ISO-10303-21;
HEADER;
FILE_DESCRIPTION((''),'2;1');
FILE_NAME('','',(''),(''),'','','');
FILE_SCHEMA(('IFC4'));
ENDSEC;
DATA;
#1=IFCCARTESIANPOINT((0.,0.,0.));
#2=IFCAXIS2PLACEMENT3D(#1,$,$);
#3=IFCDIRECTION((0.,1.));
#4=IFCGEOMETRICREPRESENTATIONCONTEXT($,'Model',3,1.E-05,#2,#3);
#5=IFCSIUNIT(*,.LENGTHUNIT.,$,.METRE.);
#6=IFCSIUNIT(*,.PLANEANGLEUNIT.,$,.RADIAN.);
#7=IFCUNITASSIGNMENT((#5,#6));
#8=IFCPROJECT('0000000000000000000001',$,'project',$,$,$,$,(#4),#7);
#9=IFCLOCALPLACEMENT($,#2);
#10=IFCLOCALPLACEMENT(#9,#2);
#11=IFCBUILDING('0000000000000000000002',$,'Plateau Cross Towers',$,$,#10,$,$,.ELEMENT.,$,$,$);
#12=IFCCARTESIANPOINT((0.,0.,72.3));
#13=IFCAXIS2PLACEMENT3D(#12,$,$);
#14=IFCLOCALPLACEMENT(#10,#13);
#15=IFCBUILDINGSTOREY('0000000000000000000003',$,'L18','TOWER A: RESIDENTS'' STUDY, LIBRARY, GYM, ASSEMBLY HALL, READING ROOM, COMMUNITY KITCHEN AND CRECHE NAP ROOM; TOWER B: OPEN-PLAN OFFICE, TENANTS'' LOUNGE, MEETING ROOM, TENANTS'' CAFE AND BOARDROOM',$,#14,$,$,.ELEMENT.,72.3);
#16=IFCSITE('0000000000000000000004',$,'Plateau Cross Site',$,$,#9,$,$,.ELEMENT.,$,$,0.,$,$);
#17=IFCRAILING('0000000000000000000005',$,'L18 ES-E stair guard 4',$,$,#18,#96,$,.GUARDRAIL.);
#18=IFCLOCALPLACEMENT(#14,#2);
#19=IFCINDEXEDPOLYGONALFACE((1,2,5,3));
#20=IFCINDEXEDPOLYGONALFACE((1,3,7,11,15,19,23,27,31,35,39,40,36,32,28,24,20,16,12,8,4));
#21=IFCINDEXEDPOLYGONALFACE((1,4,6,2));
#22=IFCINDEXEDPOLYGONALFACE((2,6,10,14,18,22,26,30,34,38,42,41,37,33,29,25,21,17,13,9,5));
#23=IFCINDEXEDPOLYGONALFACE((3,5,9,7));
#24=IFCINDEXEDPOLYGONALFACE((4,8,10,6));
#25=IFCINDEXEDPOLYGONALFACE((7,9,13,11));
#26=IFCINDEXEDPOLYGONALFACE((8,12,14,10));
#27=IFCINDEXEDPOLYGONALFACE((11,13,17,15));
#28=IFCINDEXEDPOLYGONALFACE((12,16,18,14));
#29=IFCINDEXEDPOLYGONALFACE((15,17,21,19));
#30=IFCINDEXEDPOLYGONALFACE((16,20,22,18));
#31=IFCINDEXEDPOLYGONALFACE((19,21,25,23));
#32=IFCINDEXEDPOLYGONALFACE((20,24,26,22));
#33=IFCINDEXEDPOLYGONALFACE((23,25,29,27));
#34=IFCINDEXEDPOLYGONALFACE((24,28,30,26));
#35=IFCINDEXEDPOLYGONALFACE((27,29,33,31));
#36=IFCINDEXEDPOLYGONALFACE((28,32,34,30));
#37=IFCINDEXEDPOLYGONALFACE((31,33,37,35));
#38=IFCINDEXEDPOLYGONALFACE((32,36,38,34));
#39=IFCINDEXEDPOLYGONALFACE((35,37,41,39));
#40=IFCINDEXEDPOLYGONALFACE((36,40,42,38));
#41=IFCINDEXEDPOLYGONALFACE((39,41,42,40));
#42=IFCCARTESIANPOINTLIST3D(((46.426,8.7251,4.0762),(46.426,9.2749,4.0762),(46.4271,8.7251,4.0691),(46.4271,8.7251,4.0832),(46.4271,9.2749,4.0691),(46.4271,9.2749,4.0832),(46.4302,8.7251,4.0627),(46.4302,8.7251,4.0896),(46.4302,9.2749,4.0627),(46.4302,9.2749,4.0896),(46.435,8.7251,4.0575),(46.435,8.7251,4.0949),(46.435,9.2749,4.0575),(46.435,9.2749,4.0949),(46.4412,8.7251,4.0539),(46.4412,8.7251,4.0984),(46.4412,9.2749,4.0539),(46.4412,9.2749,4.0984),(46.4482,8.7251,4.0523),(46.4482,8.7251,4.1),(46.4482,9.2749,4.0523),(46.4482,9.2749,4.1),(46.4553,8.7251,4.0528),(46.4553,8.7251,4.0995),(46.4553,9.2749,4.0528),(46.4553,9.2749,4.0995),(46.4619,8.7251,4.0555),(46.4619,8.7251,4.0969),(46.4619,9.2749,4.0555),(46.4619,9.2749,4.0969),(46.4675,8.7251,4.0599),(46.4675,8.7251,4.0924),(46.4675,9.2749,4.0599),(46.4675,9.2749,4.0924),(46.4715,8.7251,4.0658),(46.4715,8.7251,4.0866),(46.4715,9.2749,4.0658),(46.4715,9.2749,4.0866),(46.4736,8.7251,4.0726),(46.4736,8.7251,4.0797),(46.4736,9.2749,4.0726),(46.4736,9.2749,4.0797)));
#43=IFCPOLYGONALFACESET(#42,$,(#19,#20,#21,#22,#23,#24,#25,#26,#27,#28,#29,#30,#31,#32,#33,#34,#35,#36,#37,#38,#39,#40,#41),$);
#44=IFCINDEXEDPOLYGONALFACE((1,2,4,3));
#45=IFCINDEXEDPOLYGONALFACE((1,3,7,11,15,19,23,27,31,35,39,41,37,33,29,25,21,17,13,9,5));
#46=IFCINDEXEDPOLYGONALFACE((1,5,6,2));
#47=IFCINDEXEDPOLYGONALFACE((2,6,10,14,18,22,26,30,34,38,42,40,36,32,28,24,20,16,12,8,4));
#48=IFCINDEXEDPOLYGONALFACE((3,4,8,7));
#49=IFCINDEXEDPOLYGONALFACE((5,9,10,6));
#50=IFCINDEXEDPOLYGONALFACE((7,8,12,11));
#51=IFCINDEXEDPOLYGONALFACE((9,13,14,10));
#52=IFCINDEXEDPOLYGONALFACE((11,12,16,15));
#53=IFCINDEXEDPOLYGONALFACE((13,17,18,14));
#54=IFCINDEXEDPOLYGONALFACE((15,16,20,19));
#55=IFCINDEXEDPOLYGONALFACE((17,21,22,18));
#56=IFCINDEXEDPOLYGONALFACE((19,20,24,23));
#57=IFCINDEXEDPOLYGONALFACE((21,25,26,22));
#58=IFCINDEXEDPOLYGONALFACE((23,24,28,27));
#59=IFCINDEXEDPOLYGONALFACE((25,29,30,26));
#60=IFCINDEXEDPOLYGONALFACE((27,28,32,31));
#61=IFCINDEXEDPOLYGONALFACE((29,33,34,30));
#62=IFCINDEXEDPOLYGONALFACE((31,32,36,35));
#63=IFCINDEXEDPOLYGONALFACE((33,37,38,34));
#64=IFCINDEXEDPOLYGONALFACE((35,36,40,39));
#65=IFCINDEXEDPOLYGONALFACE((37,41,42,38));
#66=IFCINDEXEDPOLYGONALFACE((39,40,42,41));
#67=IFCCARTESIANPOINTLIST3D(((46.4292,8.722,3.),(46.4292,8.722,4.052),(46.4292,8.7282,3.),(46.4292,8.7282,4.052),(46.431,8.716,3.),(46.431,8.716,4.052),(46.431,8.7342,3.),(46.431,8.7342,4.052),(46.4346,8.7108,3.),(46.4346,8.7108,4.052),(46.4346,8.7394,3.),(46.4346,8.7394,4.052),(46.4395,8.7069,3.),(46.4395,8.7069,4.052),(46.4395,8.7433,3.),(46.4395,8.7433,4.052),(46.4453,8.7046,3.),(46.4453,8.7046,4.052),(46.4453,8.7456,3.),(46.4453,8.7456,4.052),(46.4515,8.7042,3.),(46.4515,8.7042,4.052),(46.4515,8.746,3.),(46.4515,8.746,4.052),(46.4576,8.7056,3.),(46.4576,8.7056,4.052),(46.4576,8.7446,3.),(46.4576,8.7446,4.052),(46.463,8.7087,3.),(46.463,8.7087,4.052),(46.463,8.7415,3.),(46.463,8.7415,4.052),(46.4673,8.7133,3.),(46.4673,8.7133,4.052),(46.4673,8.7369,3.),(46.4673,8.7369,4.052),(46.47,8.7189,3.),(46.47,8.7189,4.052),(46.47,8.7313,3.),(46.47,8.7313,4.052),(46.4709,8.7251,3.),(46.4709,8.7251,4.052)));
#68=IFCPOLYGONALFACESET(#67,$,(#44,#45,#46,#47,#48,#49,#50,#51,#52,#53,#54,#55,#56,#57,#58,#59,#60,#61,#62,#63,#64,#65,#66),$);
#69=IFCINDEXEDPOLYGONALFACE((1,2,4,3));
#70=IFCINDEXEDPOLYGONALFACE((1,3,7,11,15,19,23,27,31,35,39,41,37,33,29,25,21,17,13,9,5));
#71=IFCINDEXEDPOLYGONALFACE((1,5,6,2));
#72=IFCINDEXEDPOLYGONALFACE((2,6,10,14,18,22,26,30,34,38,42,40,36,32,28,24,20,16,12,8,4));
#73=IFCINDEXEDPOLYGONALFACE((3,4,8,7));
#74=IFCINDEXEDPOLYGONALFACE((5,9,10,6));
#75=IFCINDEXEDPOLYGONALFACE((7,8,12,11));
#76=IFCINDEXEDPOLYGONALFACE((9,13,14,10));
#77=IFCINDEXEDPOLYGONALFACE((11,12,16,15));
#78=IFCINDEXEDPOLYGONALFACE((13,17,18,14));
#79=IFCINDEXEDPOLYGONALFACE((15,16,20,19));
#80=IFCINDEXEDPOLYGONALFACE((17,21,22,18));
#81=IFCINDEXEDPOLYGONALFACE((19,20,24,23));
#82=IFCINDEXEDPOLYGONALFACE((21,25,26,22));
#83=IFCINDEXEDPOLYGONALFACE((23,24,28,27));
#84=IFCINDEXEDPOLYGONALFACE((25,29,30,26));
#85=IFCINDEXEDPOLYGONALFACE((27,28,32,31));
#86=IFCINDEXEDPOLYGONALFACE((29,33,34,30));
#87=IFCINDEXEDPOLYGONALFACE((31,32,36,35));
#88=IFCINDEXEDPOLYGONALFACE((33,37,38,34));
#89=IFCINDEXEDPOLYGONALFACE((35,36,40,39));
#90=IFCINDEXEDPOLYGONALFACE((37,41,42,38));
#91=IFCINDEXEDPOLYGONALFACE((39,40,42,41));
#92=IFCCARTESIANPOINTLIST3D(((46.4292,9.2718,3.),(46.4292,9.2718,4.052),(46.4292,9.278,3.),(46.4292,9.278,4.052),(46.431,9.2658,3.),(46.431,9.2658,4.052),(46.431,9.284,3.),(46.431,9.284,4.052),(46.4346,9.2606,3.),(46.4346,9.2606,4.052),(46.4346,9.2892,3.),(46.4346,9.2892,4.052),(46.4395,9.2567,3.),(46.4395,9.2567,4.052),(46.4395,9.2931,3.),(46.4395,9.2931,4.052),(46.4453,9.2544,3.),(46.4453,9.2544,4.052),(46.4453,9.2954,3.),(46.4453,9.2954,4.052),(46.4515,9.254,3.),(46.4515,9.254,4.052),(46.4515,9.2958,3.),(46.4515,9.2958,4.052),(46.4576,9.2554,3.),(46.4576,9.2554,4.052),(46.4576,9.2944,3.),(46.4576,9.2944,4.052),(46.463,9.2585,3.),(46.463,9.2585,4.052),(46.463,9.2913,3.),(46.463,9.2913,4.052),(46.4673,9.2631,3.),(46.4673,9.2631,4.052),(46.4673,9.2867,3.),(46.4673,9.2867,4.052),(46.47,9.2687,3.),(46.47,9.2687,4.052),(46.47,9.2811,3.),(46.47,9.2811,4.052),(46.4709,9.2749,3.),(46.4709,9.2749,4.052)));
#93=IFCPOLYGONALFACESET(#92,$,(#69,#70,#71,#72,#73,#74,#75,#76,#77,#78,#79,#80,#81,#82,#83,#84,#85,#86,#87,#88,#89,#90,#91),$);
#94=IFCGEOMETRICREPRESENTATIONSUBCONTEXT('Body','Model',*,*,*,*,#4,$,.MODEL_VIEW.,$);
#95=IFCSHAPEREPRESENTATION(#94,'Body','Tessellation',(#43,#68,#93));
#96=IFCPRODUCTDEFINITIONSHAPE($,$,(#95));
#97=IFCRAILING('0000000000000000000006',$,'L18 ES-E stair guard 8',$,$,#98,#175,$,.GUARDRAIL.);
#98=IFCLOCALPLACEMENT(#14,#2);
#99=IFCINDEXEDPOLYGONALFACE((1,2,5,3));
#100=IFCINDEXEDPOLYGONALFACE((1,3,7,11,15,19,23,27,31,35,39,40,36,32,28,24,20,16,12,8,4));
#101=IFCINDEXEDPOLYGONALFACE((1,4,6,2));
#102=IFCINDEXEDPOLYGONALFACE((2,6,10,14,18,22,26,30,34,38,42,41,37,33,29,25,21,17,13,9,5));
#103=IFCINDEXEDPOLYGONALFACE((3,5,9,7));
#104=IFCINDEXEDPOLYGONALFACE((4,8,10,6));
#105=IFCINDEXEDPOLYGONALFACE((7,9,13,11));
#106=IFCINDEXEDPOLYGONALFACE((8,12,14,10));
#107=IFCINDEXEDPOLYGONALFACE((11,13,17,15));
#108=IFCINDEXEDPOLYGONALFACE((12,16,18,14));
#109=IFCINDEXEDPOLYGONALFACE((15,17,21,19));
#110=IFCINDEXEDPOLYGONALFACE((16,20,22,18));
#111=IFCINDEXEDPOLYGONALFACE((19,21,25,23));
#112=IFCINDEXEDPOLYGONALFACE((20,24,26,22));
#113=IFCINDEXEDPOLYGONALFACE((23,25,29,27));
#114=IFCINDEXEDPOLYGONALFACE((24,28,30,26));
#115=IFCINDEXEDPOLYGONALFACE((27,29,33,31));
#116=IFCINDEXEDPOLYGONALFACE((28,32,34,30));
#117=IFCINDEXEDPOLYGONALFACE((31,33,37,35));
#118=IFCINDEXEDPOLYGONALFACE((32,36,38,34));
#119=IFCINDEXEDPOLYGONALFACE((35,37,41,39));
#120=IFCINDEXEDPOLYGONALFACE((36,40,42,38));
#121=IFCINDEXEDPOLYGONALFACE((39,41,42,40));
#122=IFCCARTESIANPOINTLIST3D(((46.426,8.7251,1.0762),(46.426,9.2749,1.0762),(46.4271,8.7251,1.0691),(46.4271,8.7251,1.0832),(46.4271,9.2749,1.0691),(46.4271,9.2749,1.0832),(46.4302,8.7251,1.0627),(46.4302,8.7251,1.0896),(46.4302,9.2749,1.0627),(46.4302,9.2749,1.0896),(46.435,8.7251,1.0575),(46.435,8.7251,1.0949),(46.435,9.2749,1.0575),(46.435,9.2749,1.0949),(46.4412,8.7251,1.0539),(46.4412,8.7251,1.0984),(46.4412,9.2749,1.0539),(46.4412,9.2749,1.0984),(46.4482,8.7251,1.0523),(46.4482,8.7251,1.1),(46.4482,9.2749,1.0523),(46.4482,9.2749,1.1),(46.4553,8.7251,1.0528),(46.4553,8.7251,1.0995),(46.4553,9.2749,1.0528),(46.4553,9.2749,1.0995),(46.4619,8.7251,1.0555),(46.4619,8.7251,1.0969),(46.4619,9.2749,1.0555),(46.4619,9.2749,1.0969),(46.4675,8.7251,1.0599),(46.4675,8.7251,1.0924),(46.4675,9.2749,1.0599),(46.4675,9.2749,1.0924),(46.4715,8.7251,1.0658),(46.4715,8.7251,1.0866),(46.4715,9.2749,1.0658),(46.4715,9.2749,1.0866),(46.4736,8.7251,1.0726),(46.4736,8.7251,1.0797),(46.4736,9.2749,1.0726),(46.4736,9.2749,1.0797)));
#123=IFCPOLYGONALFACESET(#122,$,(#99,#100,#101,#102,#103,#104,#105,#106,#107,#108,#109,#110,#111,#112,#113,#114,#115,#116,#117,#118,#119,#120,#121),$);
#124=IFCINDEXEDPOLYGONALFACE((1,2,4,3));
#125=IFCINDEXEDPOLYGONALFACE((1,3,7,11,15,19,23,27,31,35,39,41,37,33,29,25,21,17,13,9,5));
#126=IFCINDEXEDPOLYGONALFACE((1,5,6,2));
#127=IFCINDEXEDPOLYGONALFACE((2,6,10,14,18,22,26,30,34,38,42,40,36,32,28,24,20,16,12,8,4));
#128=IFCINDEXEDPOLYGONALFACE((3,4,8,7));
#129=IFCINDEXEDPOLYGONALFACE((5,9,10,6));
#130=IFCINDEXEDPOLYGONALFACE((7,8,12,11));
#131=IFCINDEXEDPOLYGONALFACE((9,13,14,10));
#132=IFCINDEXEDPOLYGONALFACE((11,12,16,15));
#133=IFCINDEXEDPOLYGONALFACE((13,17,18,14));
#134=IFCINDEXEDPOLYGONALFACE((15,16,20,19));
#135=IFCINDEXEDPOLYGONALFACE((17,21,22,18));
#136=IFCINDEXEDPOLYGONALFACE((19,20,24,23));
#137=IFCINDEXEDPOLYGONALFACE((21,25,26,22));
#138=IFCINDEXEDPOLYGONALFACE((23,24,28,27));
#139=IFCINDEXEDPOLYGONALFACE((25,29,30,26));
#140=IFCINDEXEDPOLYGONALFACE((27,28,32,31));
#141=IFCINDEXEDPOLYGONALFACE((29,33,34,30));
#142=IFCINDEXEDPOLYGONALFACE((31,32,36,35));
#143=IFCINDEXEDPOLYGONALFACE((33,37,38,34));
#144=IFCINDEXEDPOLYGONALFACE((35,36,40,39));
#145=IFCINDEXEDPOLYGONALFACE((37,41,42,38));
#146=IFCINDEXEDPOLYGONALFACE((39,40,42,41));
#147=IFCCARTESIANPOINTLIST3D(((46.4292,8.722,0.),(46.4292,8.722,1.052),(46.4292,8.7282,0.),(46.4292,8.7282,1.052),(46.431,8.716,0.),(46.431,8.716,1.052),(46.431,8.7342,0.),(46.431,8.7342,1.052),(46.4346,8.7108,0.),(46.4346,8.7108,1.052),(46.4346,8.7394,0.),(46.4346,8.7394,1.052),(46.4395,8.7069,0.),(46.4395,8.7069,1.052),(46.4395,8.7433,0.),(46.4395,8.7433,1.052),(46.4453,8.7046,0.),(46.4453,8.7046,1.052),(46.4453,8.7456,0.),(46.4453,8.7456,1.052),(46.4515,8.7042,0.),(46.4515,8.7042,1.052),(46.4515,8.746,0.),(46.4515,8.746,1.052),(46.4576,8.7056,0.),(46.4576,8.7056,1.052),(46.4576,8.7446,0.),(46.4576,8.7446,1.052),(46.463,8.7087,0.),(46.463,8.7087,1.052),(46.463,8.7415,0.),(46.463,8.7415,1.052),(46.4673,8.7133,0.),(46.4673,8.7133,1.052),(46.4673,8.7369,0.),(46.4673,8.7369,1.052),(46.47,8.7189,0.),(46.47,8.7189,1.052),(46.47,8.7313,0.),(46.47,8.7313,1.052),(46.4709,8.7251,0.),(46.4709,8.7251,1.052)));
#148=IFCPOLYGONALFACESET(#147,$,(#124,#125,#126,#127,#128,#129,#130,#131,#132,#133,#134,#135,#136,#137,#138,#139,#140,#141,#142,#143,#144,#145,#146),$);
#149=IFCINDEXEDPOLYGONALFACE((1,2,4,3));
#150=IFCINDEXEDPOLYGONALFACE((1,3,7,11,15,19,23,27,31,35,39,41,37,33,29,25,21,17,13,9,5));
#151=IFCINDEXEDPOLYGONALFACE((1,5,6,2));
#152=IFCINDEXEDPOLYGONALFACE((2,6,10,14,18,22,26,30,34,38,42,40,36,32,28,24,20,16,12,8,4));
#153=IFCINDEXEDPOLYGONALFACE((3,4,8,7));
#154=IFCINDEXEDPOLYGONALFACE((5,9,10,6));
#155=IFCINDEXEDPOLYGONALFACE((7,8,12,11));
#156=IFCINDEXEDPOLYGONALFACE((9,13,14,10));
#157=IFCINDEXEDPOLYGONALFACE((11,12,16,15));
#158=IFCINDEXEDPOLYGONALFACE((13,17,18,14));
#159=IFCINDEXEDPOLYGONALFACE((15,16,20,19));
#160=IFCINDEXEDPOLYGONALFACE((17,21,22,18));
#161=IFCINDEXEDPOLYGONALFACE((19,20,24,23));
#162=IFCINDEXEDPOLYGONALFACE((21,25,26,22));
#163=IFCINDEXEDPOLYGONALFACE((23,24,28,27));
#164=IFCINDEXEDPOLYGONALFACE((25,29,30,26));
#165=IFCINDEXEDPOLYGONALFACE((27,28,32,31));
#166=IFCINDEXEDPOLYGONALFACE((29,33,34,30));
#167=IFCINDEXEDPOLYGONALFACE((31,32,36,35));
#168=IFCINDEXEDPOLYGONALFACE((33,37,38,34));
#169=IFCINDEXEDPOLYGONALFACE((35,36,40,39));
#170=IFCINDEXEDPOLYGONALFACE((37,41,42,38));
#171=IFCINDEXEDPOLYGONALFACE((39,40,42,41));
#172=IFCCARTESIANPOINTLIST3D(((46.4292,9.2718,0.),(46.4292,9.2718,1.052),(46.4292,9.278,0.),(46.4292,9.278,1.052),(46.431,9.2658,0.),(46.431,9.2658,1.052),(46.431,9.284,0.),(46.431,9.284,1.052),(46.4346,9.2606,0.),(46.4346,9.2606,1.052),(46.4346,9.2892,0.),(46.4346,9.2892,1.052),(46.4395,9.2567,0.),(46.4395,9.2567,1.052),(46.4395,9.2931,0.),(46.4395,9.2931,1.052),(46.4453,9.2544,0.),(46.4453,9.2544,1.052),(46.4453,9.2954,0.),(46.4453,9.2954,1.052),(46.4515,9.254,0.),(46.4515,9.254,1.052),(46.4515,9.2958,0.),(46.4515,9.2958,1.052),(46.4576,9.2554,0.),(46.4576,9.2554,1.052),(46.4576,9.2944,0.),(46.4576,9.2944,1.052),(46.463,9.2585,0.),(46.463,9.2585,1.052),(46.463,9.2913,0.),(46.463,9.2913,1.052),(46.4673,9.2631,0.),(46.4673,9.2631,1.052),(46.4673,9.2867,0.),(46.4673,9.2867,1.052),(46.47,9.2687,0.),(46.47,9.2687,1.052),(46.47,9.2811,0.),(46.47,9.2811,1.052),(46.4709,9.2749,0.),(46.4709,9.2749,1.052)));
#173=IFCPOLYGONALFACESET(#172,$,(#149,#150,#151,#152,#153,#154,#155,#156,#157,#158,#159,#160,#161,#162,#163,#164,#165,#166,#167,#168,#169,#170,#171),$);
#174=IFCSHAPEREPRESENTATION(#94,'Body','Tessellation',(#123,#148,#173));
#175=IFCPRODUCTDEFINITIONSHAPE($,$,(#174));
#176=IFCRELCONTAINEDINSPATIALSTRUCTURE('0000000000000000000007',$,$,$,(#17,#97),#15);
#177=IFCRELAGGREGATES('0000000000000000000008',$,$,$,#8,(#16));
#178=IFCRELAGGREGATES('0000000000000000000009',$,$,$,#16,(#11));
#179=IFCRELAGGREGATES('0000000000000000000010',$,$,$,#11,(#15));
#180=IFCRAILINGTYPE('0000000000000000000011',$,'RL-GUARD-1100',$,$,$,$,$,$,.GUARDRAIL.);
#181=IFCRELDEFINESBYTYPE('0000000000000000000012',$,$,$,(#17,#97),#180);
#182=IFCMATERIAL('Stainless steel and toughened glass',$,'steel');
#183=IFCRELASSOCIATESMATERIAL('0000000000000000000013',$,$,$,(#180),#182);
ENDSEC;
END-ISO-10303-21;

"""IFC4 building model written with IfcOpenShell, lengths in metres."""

from ifc_helpers import new_model, si_unit, direction, frame, origin, origin_2d, place, context, subcontext, project, spatial, circle, extrude, material, type_object, element, save


model = new_model("IFC4")

# Units and contexts
model_context = context("Model", 3, precision=1e-05, world=origin(), true_north=direction((0.0, 1.0)))
body_context = subcontext(model_context, "Body", "Model", "MODEL_VIEW")
ifc_project = project(units=[si_unit("LENGTHUNIT", "METRE"), si_unit("PLANEANGLEUNIT", "RADIAN")], contexts=[model_context])

# Site, building, storey
site_placement = place(None, origin())
site = spatial("IfcSite", under=ifc_project, at=site_placement, Name="Plateau Cross Site", CompositionType="ELEMENT", RefElevation=0.0)
building_placement = place(site_placement, origin())
building = spatial("IfcBuilding", under=site, at=building_placement, Name="Plateau Cross Towers", CompositionType="ELEMENT")
storey_placement = place(building_placement, frame((0.0, 0.0, 72.3)))
storey = spatial("IfcBuildingStorey", under=building, at=storey_placement, Name="L18", Description="TOWER A: RESIDENTS' STUDY, LIBRARY, GYM, ASSEMBLY HALL, READING ROOM, COMMUNITY KITCHEN AND CRECHE NAP ROOM; TOWER B: OPEN-PLAN OFFICE, TENANTS' LOUNGE, MEETING ROOM, TENANTS' CAFE AND BOARDROOM", CompositionType="ELEMENT", Elevation=72.3)

# Railings
ifc_material_1 = material(Name="Stainless steel and toughened glass", Category="steel")
railing_type_1 = type_object("IfcRailingType", Name="RL-GUARD-1100", PredefinedType="GUARDRAIL", material=ifc_material_1)
for number, where, name in (
    (1, (46.45, 8.7251, 3.0), "L18 ES-E stair guard 4"),
    (2, (46.45, 8.7251, 0.0), "L18 ES-E stair guard 8"),
):
    element("IfcRailing", number, at=place(storey_placement, frame(where)), inside=storey, type_object=railing_type_1, Name=name, PredefinedType="GUARDRAIL", context=body_context, shape_type="SweptSolid", body=[
        extrude(circle(Radius=0.0239, at=origin_2d()), frame((0.0, 0.0, 1.0762), z_axis=(0.0, 1.0, 0.0), x_axis=(-1.0, 0.0, 0.0)), (0.0, 0.0, 1.0), 0.5498),
        extrude(circle(Radius=0.021, at=origin_2d()), origin(), (0.0, 0.0, 1.0), 1.052),
        extrude(circle(Radius=0.021, at=origin_2d()), frame((0.0, 0.5498, 0.0)), (0.0, 0.0, 1.0), 1.052),
    ])

save(model, "model.ifc")
